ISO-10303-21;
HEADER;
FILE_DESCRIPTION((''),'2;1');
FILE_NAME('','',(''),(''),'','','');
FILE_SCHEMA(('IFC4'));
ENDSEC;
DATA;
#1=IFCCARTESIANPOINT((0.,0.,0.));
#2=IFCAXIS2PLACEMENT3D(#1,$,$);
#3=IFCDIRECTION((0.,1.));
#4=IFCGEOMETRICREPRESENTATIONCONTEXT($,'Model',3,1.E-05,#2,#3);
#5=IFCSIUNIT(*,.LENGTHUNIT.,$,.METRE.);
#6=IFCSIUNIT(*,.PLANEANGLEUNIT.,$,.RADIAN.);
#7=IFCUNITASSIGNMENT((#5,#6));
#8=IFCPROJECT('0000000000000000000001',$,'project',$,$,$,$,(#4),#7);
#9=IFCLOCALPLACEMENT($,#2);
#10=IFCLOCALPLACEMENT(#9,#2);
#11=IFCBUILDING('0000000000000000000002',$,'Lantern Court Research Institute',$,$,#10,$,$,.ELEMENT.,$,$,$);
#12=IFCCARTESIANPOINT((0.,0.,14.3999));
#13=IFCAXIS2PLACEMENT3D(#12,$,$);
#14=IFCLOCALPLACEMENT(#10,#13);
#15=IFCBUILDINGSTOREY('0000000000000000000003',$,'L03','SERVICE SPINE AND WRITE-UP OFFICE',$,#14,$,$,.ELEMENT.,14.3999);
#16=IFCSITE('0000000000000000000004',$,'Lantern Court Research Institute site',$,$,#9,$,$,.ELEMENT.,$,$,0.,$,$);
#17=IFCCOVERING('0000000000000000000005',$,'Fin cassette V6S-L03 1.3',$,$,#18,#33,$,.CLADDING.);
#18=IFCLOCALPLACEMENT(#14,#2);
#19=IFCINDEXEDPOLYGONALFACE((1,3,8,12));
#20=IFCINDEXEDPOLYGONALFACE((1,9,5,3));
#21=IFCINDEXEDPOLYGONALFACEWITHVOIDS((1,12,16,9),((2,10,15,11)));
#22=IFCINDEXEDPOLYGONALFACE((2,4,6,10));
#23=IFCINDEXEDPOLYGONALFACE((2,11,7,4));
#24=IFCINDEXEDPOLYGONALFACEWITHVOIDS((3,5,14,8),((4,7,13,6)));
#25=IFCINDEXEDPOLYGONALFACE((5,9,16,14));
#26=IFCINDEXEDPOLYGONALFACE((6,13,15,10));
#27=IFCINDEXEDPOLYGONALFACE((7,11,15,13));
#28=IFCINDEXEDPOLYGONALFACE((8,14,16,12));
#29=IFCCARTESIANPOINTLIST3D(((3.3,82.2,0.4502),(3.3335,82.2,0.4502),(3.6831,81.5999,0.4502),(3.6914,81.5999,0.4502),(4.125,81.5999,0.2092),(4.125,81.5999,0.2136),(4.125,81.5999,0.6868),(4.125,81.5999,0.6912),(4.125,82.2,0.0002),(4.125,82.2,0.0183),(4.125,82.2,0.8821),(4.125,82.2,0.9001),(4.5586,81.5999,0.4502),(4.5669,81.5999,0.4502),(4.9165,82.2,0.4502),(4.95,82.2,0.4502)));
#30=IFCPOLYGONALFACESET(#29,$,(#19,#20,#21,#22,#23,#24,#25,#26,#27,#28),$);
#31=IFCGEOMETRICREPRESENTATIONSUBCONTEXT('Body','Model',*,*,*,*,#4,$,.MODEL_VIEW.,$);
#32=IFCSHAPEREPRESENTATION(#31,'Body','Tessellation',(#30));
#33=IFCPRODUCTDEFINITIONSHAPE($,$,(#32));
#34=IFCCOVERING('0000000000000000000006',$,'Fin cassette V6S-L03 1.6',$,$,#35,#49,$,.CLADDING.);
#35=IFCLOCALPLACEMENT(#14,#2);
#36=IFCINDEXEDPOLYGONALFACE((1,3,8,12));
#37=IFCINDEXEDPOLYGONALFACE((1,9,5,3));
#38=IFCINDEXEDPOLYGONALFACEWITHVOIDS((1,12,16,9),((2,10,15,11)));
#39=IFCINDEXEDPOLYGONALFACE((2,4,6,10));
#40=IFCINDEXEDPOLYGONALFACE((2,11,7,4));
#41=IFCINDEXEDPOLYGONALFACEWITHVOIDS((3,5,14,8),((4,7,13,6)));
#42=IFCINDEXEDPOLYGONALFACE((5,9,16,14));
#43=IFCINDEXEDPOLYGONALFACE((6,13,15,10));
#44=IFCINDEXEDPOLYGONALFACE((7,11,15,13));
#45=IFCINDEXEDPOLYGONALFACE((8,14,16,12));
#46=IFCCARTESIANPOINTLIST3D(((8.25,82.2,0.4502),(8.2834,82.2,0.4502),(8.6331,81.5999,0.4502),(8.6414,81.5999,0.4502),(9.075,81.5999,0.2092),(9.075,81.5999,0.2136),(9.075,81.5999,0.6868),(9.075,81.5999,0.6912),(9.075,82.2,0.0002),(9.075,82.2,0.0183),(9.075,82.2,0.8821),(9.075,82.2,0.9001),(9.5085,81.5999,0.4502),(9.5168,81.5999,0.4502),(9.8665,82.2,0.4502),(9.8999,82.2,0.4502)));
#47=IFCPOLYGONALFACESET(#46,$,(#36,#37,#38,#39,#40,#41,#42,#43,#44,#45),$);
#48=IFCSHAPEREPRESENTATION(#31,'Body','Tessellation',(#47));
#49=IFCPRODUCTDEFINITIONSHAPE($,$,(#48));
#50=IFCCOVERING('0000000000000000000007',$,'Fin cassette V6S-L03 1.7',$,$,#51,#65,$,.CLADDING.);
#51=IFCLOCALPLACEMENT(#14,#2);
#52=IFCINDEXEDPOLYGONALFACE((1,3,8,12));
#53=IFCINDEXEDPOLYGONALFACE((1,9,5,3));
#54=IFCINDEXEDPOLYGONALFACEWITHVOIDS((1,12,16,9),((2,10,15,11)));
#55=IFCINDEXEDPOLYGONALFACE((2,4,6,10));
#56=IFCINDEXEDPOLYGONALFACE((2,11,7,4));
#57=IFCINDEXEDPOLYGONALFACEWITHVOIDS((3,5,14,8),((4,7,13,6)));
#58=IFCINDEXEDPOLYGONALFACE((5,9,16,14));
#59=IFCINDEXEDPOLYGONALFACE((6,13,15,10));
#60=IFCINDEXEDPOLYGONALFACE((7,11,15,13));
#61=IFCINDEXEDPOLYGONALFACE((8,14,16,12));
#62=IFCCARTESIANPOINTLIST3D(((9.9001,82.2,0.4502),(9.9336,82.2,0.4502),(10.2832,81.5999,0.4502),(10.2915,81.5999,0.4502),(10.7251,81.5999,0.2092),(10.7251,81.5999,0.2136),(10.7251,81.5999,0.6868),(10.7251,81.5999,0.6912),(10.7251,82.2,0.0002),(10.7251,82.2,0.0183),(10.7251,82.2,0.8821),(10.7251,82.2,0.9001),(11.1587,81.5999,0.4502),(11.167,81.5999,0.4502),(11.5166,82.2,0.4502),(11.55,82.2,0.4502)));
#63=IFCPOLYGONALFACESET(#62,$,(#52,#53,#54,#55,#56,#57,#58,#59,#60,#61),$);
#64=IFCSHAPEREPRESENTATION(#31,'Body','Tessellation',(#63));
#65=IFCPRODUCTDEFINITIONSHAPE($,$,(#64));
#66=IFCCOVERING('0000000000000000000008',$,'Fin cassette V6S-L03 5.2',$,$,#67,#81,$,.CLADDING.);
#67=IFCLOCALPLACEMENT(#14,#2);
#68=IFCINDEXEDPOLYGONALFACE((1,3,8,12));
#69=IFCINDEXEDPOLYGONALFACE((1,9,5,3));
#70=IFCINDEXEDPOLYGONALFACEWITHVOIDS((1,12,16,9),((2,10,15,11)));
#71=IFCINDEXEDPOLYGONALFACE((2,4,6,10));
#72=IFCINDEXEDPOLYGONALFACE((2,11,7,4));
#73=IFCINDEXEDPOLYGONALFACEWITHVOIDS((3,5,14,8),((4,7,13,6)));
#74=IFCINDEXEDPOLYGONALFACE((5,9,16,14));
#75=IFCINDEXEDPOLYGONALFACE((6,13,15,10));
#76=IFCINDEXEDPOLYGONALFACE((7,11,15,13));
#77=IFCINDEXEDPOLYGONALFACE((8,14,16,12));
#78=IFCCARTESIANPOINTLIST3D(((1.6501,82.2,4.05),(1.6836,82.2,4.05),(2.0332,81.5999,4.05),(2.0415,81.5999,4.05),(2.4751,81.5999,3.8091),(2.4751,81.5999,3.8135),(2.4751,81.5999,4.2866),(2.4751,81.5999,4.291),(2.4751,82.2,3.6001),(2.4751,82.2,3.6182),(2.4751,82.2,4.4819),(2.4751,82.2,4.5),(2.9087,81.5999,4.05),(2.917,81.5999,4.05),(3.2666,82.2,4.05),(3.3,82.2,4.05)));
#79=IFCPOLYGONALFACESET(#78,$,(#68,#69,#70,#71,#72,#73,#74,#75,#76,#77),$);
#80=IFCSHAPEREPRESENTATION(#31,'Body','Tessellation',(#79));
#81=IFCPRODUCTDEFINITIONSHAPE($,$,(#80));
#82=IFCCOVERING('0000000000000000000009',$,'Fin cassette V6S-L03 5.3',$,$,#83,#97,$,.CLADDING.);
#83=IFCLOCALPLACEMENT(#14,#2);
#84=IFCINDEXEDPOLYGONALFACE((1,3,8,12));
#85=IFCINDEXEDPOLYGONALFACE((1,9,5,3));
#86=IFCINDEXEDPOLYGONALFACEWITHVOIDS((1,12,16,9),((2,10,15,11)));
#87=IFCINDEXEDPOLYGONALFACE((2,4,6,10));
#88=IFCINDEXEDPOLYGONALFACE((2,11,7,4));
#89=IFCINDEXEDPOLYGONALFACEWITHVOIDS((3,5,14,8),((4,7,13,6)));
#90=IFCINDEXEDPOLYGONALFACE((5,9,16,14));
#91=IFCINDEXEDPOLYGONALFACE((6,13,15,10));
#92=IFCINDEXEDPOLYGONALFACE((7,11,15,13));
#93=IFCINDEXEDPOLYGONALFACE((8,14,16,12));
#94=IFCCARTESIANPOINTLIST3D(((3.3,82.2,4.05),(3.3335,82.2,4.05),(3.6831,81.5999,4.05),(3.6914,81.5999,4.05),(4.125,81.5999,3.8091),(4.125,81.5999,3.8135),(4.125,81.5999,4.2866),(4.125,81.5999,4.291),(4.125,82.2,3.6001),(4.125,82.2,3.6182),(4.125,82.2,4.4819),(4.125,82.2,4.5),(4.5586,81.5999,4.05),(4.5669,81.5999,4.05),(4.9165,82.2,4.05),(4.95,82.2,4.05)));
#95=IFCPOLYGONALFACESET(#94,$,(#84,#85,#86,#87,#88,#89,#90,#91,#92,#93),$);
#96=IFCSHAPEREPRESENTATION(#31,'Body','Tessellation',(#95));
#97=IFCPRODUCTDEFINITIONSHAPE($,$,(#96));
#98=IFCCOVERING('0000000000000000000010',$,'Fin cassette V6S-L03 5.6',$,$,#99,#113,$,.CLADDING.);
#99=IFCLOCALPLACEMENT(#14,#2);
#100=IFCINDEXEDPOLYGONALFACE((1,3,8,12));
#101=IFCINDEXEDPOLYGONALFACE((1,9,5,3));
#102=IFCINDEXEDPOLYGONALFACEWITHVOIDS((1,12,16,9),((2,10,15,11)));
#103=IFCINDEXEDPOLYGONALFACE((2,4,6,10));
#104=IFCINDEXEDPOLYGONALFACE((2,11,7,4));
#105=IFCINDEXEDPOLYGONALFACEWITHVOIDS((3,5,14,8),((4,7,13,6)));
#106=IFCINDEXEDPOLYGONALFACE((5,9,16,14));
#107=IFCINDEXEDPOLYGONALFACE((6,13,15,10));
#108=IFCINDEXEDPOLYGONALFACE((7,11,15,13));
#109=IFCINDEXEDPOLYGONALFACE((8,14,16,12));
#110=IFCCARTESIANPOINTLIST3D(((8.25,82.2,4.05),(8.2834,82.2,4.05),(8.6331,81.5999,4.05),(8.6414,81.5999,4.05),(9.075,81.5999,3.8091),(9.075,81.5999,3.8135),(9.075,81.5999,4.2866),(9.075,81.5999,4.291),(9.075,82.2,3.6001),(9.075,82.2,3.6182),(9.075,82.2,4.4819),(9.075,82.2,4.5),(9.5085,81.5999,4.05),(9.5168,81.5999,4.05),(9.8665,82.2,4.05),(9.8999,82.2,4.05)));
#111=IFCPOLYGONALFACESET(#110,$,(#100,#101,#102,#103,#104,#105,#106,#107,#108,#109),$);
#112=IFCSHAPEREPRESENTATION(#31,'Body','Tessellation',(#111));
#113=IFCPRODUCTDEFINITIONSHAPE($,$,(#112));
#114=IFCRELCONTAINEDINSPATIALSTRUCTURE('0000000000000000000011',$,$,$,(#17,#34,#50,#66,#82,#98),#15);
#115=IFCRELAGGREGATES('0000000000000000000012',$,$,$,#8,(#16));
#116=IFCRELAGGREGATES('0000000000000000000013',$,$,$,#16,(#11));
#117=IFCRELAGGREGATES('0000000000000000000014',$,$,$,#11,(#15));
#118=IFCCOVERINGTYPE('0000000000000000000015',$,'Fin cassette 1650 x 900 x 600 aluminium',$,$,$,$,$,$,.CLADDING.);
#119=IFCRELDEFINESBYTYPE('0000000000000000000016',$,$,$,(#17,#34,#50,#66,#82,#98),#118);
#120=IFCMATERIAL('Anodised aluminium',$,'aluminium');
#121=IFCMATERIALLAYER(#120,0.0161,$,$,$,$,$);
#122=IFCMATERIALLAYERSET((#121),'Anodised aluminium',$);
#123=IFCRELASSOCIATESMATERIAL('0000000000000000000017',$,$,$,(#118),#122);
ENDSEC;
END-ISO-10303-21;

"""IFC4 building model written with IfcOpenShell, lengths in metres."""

from ifc_helpers import new_model, entity, si_unit, direction, frame, origin, place, context, subcontext, project, spatial, material, layer, layer_set, type_object, element, save


model = new_model("IFC4")

# Units and contexts
model_context = context("Model", 3, precision=1e-05, world=origin(), true_north=direction((0.0, 1.0)))
body_context = subcontext(model_context, "Body", "Model", "MODEL_VIEW")
ifc_project = project(units=[si_unit("LENGTHUNIT", "METRE"), si_unit("PLANEANGLEUNIT", "RADIAN")], contexts=[model_context])

# Site, building, storey
site_placement = place(None, origin())
site = spatial("IfcSite", under=ifc_project, at=site_placement, Name="Lantern Court Research Institute site", CompositionType="ELEMENT", RefElevation=0.0)
building_placement = place(site_placement, origin())
building = spatial("IfcBuilding", under=site, at=building_placement, Name="Lantern Court Research Institute", CompositionType="ELEMENT")
storey_placement = place(building_placement, frame((0.0, 0.0, 14.3999)))
storey = spatial("IfcBuildingStorey", under=building, at=storey_placement, Name="L03", Description="SERVICE SPINE AND WRITE-UP OFFICE", CompositionType="ELEMENT", Elevation=14.3999)

# Coverings
ifc_material_1 = material(Name="Anodised aluminium", Category="aluminium")
ifc_layer_1 = layer(ifc_material_1, 0.0161)
ifc_layer_set_1 = layer_set([ifc_layer_1], Name="Anodised aluminium")
covering_type_1 = type_object("IfcCoveringType", Name="Fin cassette 1650 x 900 x 600 aluminium", PredefinedType="CLADDING", material=ifc_layer_set_1)
covering_1_placement = place(storey_placement, frame((4.125, 82.2, 0.4502), z_axis=(0.0, -1.0, 0.0), x_axis=(1.0, 0.0, 0.0)))
cartesian_point_1 = entity("IfcCartesianPoint", [0.825, 0.0])
cartesian_point_2 = entity("IfcCartesianPoint", [0.7915, 0.0])
cartesian_point_3 = entity("IfcCartesianPoint", [0.4419, 0.0])
cartesian_point_4 = entity("IfcCartesianPoint", [0.4336, 0.0])
element("IfcCovering", 1, at=covering_1_placement, inside=storey, type_object=covering_type_1, Name="Fin cassette V6S-L03 1.3", PredefinedType="CLADDING", context=body_context, shape_type="SweptSolid", body=[
    entity("IfcExtrudedAreaSolidTapered", entity("IfcArbitraryProfileDefWithVoids", "AREA", None, entity("IfcPolyline", [cartesian_point_1, entity("IfcCartesianPoint", [0.0, 0.45]), entity("IfcCartesianPoint", [-0.825, 0.0]), entity("IfcCartesianPoint", [0.0, -0.45]), cartesian_point_1]), [entity("IfcPolyline", [cartesian_point_2, entity("IfcCartesianPoint", [0.0, 0.4319]), entity("IfcCartesianPoint", [-0.7915, 0.0]), entity("IfcCartesianPoint", [0.0, -0.4319]), cartesian_point_2])]), entity("IfcAxis2Placement3D", entity("IfcCartesianPoint", [0.0, 0.0, 0.0])), entity("IfcDirection", [0.0, 0.0, 1.0]), 0.6001, entity("IfcArbitraryProfileDefWithVoids", "AREA", None, entity("IfcPolyline", [cartesian_point_3, entity("IfcCartesianPoint", [0.0, 0.241]), entity("IfcCartesianPoint", [-0.4419, 0.0]), entity("IfcCartesianPoint", [0.0, -0.241]), cartesian_point_3]), [entity("IfcPolyline", [cartesian_point_4, entity("IfcCartesianPoint", [0.0, 0.2366]), entity("IfcCartesianPoint", [-0.4336, 0.0]), entity("IfcCartesianPoint", [0.0, -0.2366]), cartesian_point_4])])),
])
covering_2_placement = place(storey_placement, frame((9.075, 82.2, 0.4502), z_axis=(0.0, -1.0, 0.0), x_axis=(1.0, 0.0, 0.0)))
cartesian_point_5 = entity("IfcCartesianPoint", [0.825, 0.0])
cartesian_point_6 = entity("IfcCartesianPoint", [0.7915, 0.0])
cartesian_point_7 = entity("IfcCartesianPoint", [0.4419, 0.0])
cartesian_point_8 = entity("IfcCartesianPoint", [0.4336, 0.0])
element("IfcCovering", 2, at=covering_2_placement, inside=storey, type_object=covering_type_1, Name="Fin cassette V6S-L03 1.6", PredefinedType="CLADDING", context=body_context, shape_type="SweptSolid", body=[
    entity("IfcExtrudedAreaSolidTapered", entity("IfcArbitraryProfileDefWithVoids", "AREA", None, entity("IfcPolyline", [cartesian_point_5, entity("IfcCartesianPoint", [0.0, 0.45]), entity("IfcCartesianPoint", [-0.825, 0.0]), entity("IfcCartesianPoint", [0.0, -0.45]), cartesian_point_5]), [entity("IfcPolyline", [cartesian_point_6, entity("IfcCartesianPoint", [0.0, 0.4319]), entity("IfcCartesianPoint", [-0.7915, 0.0]), entity("IfcCartesianPoint", [0.0, -0.4319]), cartesian_point_6])]), entity("IfcAxis2Placement3D", entity("IfcCartesianPoint", [0.0, 0.0, 0.0])), entity("IfcDirection", [0.0, 0.0, 1.0]), 0.6001, entity("IfcArbitraryProfileDefWithVoids", "AREA", None, entity("IfcPolyline", [cartesian_point_7, entity("IfcCartesianPoint", [0.0, 0.241]), entity("IfcCartesianPoint", [-0.4419, 0.0]), entity("IfcCartesianPoint", [0.0, -0.241]), cartesian_point_7]), [entity("IfcPolyline", [cartesian_point_8, entity("IfcCartesianPoint", [0.0, 0.2366]), entity("IfcCartesianPoint", [-0.4336, 0.0]), entity("IfcCartesianPoint", [0.0, -0.2366]), cartesian_point_8])])),
])
covering_3_placement = place(storey_placement, frame((10.7251, 82.2, 0.4502), z_axis=(0.0, -1.0, 0.0), x_axis=(1.0, 0.0, 0.0)))
cartesian_point_9 = entity("IfcCartesianPoint", [0.825, 0.0])
cartesian_point_10 = entity("IfcCartesianPoint", [0.7915, 0.0])
cartesian_point_11 = entity("IfcCartesianPoint", [0.4419, 0.0])
cartesian_point_12 = entity("IfcCartesianPoint", [0.4336, 0.0])
element("IfcCovering", 3, at=covering_3_placement, inside=storey, type_object=covering_type_1, Name="Fin cassette V6S-L03 1.7", PredefinedType="CLADDING", context=body_context, shape_type="SweptSolid", body=[
    entity("IfcExtrudedAreaSolidTapered", entity("IfcArbitraryProfileDefWithVoids", "AREA", None, entity("IfcPolyline", [cartesian_point_9, entity("IfcCartesianPoint", [0.0, 0.45]), entity("IfcCartesianPoint", [-0.825, 0.0]), entity("IfcCartesianPoint", [0.0, -0.45]), cartesian_point_9]), [entity("IfcPolyline", [cartesian_point_10, entity("IfcCartesianPoint", [0.0, 0.4319]), entity("IfcCartesianPoint", [-0.7915, 0.0]), entity("IfcCartesianPoint", [0.0, -0.4319]), cartesian_point_10])]), entity("IfcAxis2Placement3D", entity("IfcCartesianPoint", [0.0, 0.0, 0.0])), entity("IfcDirection", [0.0, 0.0, 1.0]), 0.6001, entity("IfcArbitraryProfileDefWithVoids", "AREA", None, entity("IfcPolyline", [cartesian_point_11, entity("IfcCartesianPoint", [0.0, 0.241]), entity("IfcCartesianPoint", [-0.4419, 0.0]), entity("IfcCartesianPoint", [0.0, -0.241]), cartesian_point_11]), [entity("IfcPolyline", [cartesian_point_12, entity("IfcCartesianPoint", [0.0, 0.2366]), entity("IfcCartesianPoint", [-0.4336, 0.0]), entity("IfcCartesianPoint", [0.0, -0.2366]), cartesian_point_12])])),
])
covering_4_placement = place(storey_placement, frame((2.4751, 82.2, 4.05), z_axis=(0.0, -1.0, 0.0), x_axis=(1.0, 0.0, 0.0)))
cartesian_point_13 = entity("IfcCartesianPoint", [0.825, 0.0])
cartesian_point_14 = entity("IfcCartesianPoint", [0.7915, 0.0])
cartesian_point_15 = entity("IfcCartesianPoint", [0.4419, 0.0])
cartesian_point_16 = entity("IfcCartesianPoint", [0.4336, 0.0])
element("IfcCovering", 4, at=covering_4_placement, inside=storey, type_object=covering_type_1, Name="Fin cassette V6S-L03 5.2", PredefinedType="CLADDING", context=body_context, shape_type="SweptSolid", body=[
    entity("IfcExtrudedAreaSolidTapered", entity("IfcArbitraryProfileDefWithVoids", "AREA", None, entity("IfcPolyline", [cartesian_point_13, entity("IfcCartesianPoint", [0.0, 0.45]), entity("IfcCartesianPoint", [-0.825, 0.0]), entity("IfcCartesianPoint", [0.0, -0.45]), cartesian_point_13]), [entity("IfcPolyline", [cartesian_point_14, entity("IfcCartesianPoint", [0.0, 0.4319]), entity("IfcCartesianPoint", [-0.7915, 0.0]), entity("IfcCartesianPoint", [0.0, -0.4319]), cartesian_point_14])]), entity("IfcAxis2Placement3D", entity("IfcCartesianPoint", [0.0, 0.0, 0.0])), entity("IfcDirection", [0.0, 0.0, 1.0]), 0.6001, entity("IfcArbitraryProfileDefWithVoids", "AREA", None, entity("IfcPolyline", [cartesian_point_15, entity("IfcCartesianPoint", [0.0, 0.241]), entity("IfcCartesianPoint", [-0.4419, 0.0]), entity("IfcCartesianPoint", [0.0, -0.241]), cartesian_point_15]), [entity("IfcPolyline", [cartesian_point_16, entity("IfcCartesianPoint", [0.0, 0.2366]), entity("IfcCartesianPoint", [-0.4336, 0.0]), entity("IfcCartesianPoint", [0.0, -0.2366]), cartesian_point_16])])),
])
covering_5_placement = place(storey_placement, frame((4.125, 82.2, 4.05), z_axis=(0.0, -1.0, 0.0), x_axis=(1.0, 0.0, 0.0)))
cartesian_point_17 = entity("IfcCartesianPoint", [0.825, 0.0])
cartesian_point_18 = entity("IfcCartesianPoint", [0.7915, 0.0])
cartesian_point_19 = entity("IfcCartesianPoint", [0.4419, 0.0])
cartesian_point_20 = entity("IfcCartesianPoint", [0.4336, 0.0])
element("IfcCovering", 5, at=covering_5_placement, inside=storey, type_object=covering_type_1, Name="Fin cassette V6S-L03 5.3", PredefinedType="CLADDING", context=body_context, shape_type="SweptSolid", body=[
    entity("IfcExtrudedAreaSolidTapered", entity("IfcArbitraryProfileDefWithVoids", "AREA", None, entity("IfcPolyline", [cartesian_point_17, entity("IfcCartesianPoint", [0.0, 0.45]), entity("IfcCartesianPoint", [-0.825, 0.0]), entity("IfcCartesianPoint", [0.0, -0.45]), cartesian_point_17]), [entity("IfcPolyline", [cartesian_point_18, entity("IfcCartesianPoint", [0.0, 0.4319]), entity("IfcCartesianPoint", [-0.7915, 0.0]), entity("IfcCartesianPoint", [0.0, -0.4319]), cartesian_point_18])]), entity("IfcAxis2Placement3D", entity("IfcCartesianPoint", [0.0, 0.0, 0.0])), entity("IfcDirection", [0.0, 0.0, 1.0]), 0.6001, entity("IfcArbitraryProfileDefWithVoids", "AREA", None, entity("IfcPolyline", [cartesian_point_19, entity("IfcCartesianPoint", [0.0, 0.241]), entity("IfcCartesianPoint", [-0.4419, 0.0]), entity("IfcCartesianPoint", [0.0, -0.241]), cartesian_point_19]), [entity("IfcPolyline", [cartesian_point_20, entity("IfcCartesianPoint", [0.0, 0.2366]), entity("IfcCartesianPoint", [-0.4336, 0.0]), entity("IfcCartesianPoint", [0.0, -0.2366]), cartesian_point_20])])),
])
covering_6_placement = place(storey_placement, frame((9.075, 82.2, 4.05), z_axis=(0.0, -1.0, 0.0), x_axis=(1.0, 0.0, 0.0)))
cartesian_point_21 = entity("IfcCartesianPoint", [0.825, 0.0])
cartesian_point_22 = entity("IfcCartesianPoint", [0.7915, 0.0])
cartesian_point_23 = entity("IfcCartesianPoint", [0.4419, 0.0])
cartesian_point_24 = entity("IfcCartesianPoint", [0.4336, 0.0])
element("IfcCovering", 6, at=covering_6_placement, inside=storey, type_object=covering_type_1, Name="Fin cassette V6S-L03 5.6", PredefinedType="CLADDING", context=body_context, shape_type="SweptSolid", body=[
    entity("IfcExtrudedAreaSolidTapered", entity("IfcArbitraryProfileDefWithVoids", "AREA", None, entity("IfcPolyline", [cartesian_point_21, entity("IfcCartesianPoint", [0.0, 0.45]), entity("IfcCartesianPoint", [-0.825, 0.0]), entity("IfcCartesianPoint", [0.0, -0.45]), cartesian_point_21]), [entity("IfcPolyline", [cartesian_point_22, entity("IfcCartesianPoint", [0.0, 0.4319]), entity("IfcCartesianPoint", [-0.7915, 0.0]), entity("IfcCartesianPoint", [0.0, -0.4319]), cartesian_point_22])]), entity("IfcAxis2Placement3D", entity("IfcCartesianPoint", [0.0, 0.0, 0.0])), entity("IfcDirection", [0.0, 0.0, 1.0]), 0.6001, entity("IfcArbitraryProfileDefWithVoids", "AREA", None, entity("IfcPolyline", [cartesian_point_23, entity("IfcCartesianPoint", [0.0, 0.241]), entity("IfcCartesianPoint", [-0.4419, 0.0]), entity("IfcCartesianPoint", [0.0, -0.241]), cartesian_point_23]), [entity("IfcPolyline", [cartesian_point_24, entity("IfcCartesianPoint", [0.0, 0.2366]), entity("IfcCartesianPoint", [-0.4336, 0.0]), entity("IfcCartesianPoint", [0.0, -0.2366]), cartesian_point_24])])),
])

save(model, "model.ifc")
